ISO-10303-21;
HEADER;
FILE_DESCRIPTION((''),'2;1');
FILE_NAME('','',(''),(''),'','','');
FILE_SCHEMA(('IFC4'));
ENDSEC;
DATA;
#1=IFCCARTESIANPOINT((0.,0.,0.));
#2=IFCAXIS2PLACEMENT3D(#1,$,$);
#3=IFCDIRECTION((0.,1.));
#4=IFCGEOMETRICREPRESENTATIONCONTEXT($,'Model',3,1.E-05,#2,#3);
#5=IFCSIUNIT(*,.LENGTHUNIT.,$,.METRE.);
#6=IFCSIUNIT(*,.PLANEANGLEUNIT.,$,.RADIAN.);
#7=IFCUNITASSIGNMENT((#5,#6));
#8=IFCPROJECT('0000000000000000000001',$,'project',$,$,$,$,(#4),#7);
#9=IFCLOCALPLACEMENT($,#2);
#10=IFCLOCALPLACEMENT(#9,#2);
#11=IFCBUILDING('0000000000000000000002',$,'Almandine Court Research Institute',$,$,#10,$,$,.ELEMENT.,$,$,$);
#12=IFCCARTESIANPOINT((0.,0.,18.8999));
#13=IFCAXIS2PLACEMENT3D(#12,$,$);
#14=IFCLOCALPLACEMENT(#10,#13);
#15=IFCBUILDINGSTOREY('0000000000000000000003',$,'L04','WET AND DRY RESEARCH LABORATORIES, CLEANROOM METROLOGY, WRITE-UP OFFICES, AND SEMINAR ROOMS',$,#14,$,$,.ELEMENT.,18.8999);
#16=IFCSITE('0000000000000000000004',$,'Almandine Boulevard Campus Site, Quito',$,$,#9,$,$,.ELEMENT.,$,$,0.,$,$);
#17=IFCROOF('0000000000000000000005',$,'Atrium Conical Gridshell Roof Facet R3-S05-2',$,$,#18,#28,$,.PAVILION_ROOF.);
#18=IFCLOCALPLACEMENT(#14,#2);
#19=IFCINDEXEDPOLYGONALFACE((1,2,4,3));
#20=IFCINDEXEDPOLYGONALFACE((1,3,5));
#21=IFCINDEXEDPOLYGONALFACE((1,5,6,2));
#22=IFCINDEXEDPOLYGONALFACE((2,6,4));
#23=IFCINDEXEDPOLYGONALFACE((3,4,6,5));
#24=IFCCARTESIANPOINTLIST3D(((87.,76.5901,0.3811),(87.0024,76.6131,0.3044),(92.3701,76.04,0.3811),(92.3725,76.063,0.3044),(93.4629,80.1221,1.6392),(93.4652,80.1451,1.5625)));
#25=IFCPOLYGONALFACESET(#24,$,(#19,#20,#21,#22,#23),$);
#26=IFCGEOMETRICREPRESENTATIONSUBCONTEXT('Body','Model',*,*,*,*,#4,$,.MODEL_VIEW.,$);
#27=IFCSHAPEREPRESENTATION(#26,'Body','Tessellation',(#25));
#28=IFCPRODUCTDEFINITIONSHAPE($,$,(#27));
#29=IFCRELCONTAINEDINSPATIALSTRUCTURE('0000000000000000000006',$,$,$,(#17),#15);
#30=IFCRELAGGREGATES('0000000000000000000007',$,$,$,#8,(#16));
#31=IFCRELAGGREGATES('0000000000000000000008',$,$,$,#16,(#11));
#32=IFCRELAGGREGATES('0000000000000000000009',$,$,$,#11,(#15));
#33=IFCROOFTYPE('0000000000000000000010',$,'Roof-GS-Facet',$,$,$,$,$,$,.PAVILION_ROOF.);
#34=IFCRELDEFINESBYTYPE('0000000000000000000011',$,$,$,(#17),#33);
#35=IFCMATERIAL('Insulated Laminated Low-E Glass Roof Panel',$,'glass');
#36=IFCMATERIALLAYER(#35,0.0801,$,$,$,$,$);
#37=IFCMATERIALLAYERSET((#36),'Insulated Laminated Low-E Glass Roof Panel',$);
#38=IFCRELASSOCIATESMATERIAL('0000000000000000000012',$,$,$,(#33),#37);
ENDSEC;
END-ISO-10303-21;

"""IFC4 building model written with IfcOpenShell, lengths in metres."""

from ifc_helpers import new_model, si_unit, direction, frame, origin, place, context, subcontext, project, spatial, polyline, outline, extrude, material, layer, layer_set, type_object, element, save


model = new_model("IFC4")

# Units and contexts
model_context = context("Model", 3, precision=1e-05, world=origin(), true_north=direction((0.0, 1.0)))
body_context = subcontext(model_context, "Body", "Model", "MODEL_VIEW")
ifc_project = project(units=[si_unit("LENGTHUNIT", "METRE"), si_unit("PLANEANGLEUNIT", "RADIAN")], contexts=[model_context])

# Site, building, storey
site_placement = place(None, origin())
site = spatial("IfcSite", under=ifc_project, at=site_placement, Name="Almandine Boulevard Campus Site, Quito", CompositionType="ELEMENT", RefElevation=0.0)
building_placement = place(site_placement, origin())
building = spatial("IfcBuilding", under=site, at=building_placement, Name="Almandine Court Research Institute", CompositionType="ELEMENT")
storey_placement = place(building_placement, frame((0.0, 0.0, 18.8999)))
storey = spatial("IfcBuildingStorey", under=building, at=storey_placement, Name="L04", Description="WET AND DRY RESEARCH LABORATORIES, CLEANROOM METROLOGY, WRITE-UP OFFICES, AND SEMINAR ROOMS", CompositionType="ELEMENT", Elevation=18.8999)

# Roof
ifc_material_1 = material(Name="Insulated Laminated Low-E Glass Roof Panel", Category="glass")
ifc_layer_1 = layer(ifc_material_1, 0.0801)
ifc_layer_set_1 = layer_set([ifc_layer_1], Name="Insulated Laminated Low-E Glass Roof Panel")
roof_type = type_object("IfcRoofType", Name="Roof-GS-Facet", PredefinedType="PAVILION_ROOF", material=ifc_layer_set_1)
roof_1_placement = place(storey_placement, frame((93.4629, 80.1221, 1.6392), z_axis=(-0.029417, -0.287196, 0.95742), x_axis=(-0.864981, -0.472714, -0.168376)))
element("IfcRoof", 1, at=roof_1_placement, inside=storey, type_object=roof_type, Name="Atrium Conical Gridshell Roof Facet R3-S05-2", PredefinedType="PAVILION_ROOF", context=body_context, shape_type="SweptSolid", body=[
    extrude(outline(polyline([(0.0, 0.0), (7.4717, 0.0), (3.0867, 3.1484), (0.0, 0.0)])), origin(), (0.0, 0.0, -1.0), 0.0801),
])

save(model, "model.ifc")
